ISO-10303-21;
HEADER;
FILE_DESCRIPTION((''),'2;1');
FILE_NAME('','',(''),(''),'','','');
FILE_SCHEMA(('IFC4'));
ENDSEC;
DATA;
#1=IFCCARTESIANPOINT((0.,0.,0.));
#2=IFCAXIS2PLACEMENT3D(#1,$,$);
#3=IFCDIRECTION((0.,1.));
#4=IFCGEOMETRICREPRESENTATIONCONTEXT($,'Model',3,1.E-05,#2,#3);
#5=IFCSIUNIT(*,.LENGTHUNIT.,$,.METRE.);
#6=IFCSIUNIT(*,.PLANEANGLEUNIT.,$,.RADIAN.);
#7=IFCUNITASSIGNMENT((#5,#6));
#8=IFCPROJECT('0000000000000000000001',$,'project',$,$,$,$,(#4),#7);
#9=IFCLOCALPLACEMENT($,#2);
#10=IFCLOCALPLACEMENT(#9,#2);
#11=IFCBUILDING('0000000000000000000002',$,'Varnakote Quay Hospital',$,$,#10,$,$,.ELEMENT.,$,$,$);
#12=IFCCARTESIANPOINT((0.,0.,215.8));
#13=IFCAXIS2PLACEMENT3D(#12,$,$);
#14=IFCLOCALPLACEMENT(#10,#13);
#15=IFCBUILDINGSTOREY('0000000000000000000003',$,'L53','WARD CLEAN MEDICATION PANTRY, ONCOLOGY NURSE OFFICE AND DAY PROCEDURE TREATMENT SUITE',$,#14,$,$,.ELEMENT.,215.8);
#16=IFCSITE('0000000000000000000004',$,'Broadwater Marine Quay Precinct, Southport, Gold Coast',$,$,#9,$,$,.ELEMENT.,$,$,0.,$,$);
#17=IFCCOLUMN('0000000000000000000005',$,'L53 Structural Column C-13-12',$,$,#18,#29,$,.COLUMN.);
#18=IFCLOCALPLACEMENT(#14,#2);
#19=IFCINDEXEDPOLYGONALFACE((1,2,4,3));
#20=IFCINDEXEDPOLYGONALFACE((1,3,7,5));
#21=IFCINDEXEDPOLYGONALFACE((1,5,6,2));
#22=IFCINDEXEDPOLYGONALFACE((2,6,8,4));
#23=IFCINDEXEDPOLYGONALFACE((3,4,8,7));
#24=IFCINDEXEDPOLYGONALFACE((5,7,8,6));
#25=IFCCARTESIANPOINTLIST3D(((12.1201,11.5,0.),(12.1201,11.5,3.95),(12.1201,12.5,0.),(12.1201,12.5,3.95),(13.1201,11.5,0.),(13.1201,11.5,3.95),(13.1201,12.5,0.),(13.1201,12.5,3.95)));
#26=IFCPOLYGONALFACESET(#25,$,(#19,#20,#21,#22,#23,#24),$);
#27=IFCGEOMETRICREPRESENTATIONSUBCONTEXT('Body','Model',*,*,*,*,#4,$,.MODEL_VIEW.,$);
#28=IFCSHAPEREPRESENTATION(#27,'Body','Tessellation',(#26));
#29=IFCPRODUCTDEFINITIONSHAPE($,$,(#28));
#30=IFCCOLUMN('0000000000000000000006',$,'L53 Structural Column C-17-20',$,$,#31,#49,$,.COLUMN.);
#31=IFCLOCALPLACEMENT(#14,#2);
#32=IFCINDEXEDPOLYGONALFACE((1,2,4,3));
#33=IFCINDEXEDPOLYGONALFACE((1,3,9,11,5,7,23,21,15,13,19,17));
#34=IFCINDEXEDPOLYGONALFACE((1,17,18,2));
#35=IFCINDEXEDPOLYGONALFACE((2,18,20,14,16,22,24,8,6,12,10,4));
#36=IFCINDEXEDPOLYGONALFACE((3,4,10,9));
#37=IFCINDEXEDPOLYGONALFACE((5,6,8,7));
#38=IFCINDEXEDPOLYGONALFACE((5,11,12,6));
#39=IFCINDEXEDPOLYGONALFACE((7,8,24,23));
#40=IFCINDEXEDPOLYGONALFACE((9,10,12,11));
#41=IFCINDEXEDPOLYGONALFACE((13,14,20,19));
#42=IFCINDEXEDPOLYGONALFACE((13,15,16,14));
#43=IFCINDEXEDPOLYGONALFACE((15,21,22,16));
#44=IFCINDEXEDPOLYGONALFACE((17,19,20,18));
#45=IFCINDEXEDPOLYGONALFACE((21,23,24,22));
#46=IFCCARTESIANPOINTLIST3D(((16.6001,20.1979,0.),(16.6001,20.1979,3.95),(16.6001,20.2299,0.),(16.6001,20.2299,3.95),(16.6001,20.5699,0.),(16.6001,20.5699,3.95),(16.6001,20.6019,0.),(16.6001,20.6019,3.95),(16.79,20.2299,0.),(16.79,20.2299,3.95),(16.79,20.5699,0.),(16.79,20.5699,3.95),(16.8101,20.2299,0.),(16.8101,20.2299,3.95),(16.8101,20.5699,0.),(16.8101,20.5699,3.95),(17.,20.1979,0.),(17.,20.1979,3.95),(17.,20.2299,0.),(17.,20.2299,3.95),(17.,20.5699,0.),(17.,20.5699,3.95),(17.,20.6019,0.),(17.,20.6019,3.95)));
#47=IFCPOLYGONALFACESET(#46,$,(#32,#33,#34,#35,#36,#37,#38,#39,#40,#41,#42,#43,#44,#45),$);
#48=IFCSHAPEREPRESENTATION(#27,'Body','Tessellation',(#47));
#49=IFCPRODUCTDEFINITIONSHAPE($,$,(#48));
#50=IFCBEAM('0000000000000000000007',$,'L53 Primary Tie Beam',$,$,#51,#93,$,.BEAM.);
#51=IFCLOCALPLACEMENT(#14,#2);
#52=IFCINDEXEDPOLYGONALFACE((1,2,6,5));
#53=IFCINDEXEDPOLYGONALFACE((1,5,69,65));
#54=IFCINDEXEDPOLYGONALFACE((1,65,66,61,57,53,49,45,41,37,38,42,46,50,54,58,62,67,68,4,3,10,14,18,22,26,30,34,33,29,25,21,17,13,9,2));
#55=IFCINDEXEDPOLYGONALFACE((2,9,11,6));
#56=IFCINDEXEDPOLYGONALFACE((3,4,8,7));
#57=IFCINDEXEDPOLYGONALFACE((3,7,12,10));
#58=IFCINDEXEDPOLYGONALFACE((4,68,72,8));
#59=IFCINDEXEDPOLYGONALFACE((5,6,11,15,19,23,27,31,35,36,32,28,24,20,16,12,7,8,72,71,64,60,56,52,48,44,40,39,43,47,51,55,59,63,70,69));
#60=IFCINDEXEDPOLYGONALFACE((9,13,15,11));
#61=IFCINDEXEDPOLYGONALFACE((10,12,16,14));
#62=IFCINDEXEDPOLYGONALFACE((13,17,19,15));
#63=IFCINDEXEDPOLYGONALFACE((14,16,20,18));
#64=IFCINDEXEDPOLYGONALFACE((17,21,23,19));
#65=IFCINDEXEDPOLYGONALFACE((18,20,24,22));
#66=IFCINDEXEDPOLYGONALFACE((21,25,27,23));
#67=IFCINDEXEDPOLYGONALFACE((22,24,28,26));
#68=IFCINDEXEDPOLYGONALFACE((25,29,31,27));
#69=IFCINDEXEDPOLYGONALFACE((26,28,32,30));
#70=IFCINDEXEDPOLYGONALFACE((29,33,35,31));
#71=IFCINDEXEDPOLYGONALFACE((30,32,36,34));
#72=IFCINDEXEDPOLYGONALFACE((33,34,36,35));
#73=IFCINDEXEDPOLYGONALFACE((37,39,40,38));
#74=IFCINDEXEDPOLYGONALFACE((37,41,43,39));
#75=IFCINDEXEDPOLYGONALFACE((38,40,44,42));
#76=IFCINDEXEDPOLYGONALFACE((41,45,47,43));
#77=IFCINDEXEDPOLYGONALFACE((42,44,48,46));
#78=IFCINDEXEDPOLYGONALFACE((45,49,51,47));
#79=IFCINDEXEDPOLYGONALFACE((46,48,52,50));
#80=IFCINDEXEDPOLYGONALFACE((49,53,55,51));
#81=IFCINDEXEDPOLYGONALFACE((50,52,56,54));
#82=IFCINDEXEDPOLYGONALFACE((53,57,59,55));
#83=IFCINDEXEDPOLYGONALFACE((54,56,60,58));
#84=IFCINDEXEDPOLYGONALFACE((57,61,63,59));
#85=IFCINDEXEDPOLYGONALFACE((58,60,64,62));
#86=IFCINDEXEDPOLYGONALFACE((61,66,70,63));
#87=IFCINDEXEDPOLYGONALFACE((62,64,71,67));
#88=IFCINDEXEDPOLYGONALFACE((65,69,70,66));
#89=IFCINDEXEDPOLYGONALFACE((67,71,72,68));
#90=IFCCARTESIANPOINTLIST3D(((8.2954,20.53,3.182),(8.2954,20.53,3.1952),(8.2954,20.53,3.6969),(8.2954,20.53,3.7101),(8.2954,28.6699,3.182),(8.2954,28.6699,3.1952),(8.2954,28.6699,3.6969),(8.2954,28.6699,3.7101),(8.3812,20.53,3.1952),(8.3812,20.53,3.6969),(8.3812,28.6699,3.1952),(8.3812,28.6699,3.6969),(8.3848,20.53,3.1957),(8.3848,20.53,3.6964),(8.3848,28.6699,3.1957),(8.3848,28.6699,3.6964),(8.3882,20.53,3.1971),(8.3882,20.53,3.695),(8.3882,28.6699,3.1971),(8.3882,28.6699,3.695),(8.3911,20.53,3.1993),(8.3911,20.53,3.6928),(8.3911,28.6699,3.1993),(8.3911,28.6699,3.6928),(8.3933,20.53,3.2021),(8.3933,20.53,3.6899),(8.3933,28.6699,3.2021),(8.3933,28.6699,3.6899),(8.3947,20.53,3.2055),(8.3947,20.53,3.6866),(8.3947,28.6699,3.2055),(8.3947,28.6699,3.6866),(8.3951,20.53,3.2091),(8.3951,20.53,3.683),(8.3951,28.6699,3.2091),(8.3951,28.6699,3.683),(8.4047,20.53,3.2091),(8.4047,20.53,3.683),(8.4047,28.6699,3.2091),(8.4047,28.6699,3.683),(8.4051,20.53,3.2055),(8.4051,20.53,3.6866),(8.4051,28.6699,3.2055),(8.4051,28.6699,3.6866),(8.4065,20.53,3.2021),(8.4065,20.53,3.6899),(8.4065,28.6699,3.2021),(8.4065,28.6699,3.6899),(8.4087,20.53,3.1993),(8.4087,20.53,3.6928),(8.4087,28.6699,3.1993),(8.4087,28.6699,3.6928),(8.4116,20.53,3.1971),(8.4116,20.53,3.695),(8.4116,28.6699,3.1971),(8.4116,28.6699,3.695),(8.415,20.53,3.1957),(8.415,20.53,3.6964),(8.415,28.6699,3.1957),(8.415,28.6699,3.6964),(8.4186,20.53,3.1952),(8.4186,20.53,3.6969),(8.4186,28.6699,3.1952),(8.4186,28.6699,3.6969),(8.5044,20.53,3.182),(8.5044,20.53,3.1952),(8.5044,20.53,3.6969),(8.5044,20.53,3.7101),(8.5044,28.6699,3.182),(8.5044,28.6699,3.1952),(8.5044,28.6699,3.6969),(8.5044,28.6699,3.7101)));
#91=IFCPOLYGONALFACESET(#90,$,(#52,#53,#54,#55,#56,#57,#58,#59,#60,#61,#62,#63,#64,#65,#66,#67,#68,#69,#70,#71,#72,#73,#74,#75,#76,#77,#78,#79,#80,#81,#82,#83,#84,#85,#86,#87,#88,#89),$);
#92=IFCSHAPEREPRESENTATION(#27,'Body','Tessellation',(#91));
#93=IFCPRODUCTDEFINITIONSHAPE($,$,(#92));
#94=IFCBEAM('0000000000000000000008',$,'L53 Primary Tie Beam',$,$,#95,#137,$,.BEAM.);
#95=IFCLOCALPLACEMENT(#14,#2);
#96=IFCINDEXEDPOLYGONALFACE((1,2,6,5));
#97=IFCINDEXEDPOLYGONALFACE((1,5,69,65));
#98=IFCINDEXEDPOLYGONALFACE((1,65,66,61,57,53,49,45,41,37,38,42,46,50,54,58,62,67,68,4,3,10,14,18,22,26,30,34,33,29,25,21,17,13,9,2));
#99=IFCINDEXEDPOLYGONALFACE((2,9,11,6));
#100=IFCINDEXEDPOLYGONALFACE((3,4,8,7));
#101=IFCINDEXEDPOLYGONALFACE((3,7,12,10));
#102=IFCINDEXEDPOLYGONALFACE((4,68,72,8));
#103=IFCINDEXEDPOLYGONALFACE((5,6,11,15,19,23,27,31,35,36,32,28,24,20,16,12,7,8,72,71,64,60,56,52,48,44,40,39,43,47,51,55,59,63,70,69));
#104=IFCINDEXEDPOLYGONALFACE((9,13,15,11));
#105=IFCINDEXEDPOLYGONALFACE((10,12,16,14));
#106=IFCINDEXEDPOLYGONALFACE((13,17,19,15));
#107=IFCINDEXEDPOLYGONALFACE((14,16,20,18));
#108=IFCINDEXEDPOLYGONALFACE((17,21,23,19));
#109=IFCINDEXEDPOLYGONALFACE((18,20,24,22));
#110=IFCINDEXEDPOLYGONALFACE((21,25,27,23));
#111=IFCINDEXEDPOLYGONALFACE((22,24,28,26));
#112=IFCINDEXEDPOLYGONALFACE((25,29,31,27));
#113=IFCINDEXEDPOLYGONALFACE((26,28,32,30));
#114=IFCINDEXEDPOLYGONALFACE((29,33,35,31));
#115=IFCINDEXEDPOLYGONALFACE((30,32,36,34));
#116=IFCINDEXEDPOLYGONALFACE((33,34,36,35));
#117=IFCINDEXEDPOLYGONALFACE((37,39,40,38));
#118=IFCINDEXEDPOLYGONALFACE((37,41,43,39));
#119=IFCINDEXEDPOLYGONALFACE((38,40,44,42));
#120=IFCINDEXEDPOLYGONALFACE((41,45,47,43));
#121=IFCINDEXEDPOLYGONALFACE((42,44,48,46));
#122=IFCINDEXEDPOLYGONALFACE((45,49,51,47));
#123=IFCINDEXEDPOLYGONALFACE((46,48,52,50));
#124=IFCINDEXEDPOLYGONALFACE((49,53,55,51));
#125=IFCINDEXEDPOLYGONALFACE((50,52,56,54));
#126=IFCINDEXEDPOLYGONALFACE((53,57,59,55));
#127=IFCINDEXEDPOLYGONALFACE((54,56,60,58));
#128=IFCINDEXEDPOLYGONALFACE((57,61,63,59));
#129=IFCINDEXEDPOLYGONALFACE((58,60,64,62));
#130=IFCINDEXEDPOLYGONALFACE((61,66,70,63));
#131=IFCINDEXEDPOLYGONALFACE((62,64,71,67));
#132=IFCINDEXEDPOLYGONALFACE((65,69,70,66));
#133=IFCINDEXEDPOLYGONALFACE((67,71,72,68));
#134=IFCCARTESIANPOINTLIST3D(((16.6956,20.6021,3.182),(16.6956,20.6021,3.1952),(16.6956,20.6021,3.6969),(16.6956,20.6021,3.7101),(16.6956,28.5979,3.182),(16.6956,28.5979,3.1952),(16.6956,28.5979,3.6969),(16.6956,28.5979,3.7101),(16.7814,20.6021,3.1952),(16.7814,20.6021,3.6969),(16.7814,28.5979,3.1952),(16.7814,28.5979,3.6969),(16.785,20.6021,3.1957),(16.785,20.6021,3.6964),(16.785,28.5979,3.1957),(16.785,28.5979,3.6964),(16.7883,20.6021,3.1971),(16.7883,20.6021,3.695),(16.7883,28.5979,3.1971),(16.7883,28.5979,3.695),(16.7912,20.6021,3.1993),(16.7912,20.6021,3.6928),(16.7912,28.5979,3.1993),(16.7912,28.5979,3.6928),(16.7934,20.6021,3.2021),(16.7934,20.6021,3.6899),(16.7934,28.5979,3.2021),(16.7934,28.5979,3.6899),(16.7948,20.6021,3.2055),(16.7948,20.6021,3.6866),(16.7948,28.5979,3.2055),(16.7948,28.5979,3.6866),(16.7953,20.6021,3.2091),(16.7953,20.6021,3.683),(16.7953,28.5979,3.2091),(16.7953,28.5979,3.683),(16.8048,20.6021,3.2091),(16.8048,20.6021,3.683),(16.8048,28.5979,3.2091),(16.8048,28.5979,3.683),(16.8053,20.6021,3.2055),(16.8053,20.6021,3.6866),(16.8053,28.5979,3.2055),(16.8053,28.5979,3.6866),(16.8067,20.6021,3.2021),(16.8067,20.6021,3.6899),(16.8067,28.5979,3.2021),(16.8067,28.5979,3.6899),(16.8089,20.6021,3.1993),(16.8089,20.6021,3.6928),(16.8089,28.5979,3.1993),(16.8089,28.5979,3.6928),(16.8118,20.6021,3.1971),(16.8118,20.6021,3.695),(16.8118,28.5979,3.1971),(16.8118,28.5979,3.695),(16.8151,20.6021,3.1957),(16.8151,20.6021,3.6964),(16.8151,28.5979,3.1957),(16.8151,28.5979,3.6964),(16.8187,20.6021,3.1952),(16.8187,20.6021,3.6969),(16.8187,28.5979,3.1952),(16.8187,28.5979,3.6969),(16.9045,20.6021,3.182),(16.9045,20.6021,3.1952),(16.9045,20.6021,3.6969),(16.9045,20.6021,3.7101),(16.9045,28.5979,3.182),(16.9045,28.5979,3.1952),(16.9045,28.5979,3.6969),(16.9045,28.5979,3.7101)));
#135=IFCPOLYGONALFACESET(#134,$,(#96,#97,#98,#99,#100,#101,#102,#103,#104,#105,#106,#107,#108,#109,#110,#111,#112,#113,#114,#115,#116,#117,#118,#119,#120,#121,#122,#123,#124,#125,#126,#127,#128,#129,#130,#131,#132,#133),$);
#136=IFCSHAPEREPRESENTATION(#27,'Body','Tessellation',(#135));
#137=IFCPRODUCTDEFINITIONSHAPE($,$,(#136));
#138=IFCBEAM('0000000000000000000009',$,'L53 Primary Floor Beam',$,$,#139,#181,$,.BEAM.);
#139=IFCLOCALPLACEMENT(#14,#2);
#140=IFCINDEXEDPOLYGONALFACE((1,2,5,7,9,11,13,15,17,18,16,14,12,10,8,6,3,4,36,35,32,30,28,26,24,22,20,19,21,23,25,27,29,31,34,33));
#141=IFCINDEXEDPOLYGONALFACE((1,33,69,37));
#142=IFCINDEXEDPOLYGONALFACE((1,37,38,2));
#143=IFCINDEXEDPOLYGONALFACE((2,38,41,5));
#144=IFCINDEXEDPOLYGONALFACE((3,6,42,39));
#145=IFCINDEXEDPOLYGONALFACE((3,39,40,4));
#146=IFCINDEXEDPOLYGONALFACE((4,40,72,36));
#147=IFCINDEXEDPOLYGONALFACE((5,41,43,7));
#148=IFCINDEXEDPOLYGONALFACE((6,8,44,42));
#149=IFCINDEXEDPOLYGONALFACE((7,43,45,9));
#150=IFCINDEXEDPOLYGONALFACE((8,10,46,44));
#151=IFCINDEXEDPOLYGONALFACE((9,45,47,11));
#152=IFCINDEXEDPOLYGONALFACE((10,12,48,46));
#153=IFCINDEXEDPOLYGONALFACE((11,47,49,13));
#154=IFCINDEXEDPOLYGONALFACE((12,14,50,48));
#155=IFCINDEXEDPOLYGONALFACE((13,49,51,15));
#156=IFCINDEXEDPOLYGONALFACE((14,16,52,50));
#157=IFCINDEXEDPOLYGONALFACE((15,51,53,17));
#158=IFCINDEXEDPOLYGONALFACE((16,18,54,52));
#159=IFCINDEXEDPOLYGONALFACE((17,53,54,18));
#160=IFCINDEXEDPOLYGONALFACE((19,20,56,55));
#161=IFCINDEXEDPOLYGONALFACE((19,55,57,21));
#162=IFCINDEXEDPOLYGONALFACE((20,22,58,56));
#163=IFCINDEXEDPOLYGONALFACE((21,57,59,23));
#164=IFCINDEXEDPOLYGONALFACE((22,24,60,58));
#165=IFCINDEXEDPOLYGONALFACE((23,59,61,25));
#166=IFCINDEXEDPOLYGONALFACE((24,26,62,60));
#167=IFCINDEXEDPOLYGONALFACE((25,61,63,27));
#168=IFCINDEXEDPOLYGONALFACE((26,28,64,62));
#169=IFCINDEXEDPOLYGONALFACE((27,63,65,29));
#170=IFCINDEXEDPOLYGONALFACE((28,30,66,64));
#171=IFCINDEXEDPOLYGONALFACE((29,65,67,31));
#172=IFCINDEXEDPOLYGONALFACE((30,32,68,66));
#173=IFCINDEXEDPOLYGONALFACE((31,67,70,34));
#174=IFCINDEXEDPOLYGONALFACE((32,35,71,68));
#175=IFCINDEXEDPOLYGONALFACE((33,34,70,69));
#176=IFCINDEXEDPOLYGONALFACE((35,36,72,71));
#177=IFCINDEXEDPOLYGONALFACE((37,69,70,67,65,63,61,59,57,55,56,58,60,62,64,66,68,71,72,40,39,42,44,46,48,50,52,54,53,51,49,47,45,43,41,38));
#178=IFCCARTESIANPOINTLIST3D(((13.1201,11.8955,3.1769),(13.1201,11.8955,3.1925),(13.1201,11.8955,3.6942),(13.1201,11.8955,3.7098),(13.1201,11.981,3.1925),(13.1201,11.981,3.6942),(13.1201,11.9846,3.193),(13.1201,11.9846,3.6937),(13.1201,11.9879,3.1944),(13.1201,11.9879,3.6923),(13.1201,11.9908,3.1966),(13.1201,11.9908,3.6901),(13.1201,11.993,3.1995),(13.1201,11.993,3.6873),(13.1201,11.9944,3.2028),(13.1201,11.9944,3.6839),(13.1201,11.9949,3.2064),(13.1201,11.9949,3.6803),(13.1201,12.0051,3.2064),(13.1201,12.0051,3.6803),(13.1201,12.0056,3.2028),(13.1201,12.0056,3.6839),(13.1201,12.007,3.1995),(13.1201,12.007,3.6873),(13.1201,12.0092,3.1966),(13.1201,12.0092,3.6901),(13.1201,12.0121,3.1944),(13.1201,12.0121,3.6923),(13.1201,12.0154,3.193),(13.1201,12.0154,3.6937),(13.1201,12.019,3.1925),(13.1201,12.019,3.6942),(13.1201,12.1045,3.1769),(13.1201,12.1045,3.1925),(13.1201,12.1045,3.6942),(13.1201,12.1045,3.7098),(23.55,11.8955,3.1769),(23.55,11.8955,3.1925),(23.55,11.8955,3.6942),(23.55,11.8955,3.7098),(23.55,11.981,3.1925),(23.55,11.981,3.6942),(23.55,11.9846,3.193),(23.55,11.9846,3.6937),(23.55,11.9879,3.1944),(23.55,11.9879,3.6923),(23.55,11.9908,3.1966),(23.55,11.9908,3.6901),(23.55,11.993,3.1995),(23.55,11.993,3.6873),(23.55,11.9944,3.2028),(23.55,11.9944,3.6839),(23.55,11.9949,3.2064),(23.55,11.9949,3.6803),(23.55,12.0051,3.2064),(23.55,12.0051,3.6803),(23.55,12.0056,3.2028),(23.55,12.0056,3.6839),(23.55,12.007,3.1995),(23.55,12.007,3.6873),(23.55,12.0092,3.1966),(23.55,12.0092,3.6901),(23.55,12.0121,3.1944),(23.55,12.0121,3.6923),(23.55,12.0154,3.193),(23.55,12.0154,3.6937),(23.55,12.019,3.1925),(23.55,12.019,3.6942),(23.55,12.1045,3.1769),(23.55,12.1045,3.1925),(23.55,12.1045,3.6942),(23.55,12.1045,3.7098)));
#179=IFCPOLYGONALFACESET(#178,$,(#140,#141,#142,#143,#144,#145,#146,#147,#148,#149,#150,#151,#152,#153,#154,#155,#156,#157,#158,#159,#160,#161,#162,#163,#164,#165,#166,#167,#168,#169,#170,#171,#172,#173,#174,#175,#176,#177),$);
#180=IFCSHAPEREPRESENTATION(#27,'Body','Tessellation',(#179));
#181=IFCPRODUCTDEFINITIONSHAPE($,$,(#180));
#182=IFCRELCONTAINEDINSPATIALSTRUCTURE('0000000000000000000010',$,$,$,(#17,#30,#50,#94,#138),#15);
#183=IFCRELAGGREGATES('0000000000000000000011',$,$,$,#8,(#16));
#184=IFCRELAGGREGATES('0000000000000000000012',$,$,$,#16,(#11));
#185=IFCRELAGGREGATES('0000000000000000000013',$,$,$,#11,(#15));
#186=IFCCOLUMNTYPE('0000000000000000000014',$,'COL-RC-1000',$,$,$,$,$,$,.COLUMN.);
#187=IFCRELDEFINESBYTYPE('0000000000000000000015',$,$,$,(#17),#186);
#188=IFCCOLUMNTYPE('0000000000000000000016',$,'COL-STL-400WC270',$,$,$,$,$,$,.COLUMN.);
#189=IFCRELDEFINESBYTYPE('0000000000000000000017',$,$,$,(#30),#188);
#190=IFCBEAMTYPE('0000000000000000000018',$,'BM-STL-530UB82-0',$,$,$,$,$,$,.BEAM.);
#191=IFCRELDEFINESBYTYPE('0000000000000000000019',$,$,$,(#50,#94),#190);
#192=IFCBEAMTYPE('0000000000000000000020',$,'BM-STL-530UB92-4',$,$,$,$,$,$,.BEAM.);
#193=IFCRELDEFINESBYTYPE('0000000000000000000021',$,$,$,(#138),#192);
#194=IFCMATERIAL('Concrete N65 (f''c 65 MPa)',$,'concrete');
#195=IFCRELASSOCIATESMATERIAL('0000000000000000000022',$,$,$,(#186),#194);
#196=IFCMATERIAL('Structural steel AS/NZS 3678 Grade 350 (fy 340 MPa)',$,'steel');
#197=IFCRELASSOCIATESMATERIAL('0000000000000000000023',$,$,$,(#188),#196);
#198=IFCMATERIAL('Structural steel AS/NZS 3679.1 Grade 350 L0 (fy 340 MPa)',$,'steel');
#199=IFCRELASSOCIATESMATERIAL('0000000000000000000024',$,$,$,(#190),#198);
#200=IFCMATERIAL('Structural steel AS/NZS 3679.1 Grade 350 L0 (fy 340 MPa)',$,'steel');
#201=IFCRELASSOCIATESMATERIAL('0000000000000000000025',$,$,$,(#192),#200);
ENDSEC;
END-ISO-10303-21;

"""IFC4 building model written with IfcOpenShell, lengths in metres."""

from ifc_helpers import new_model, si_unit, direction, frame, origin, origin_2d, place, context, subcontext, project, spatial, rectangle, i_section, extrude, material, material_profile, profile_set, type_object, element, save


model = new_model("IFC4")

# Units and contexts
model_context = context("Model", 3, precision=1e-05, world=origin(), true_north=direction((0.0, 1.0)))
body_context = subcontext(model_context, "Body", "Model", "MODEL_VIEW")
ifc_project = project(units=[si_unit("LENGTHUNIT", "METRE"), si_unit("PLANEANGLEUNIT", "RADIAN")], contexts=[model_context])

# Site, building, storey
site_placement = place(None, origin())
site = spatial("IfcSite", under=ifc_project, at=site_placement, Name="Broadwater Marine Quay Precinct, Southport, Gold Coast", CompositionType="ELEMENT", RefElevation=0.0)
building_placement = place(site_placement, origin())
building = spatial("IfcBuilding", under=site, at=building_placement, Name="Varnakote Quay Hospital", CompositionType="ELEMENT")
storey_placement = place(building_placement, frame((0.0, 0.0, 215.8)))
storey = spatial("IfcBuildingStorey", under=building, at=storey_placement, Name="L53", Description="WARD CLEAN MEDICATION PANTRY, ONCOLOGY NURSE OFFICE AND DAY PROCEDURE TREATMENT SUITE", CompositionType="ELEMENT", Elevation=215.8)

# Columns
ifc_material_1 = material(Name="Concrete N65 (f'c 65 MPa)", Category="concrete")
ifc_material_profile_1 = material_profile(ifc_material_1, rectangle(XDim=1.0, YDim=1.0, at=origin_2d()), Name="RC-COL-1000x1000")
ifc_profile_set_1 = profile_set([ifc_material_profile_1], Name="Concrete N65 (f'c 65 MPa)")
column_type_1 = type_object("IfcColumnType", Name="COL-RC-1000", PredefinedType="COLUMN", material=ifc_profile_set_1)
column_1_placement = place(storey_placement, frame((12.6201, 12.0, 0.0), z_axis=(0.0, 0.0, 1.0), x_axis=(1.0, 0.0, 0.0)))
element("IfcColumn", 1, at=column_1_placement, inside=storey, type_object=column_type_1, Name="L53 Structural Column C-13-12", PredefinedType="COLUMN", context=body_context, shape_type="SweptSolid", body=[
    extrude(rectangle(XDim=1.0, YDim=1.0, at=origin_2d()), origin(), (0.0, 0.0, 1.0), 3.95),
])
ifc_material_2 = material(Name="Structural steel AS/NZS 3678 Grade 350 (fy 340 MPa)", Category="steel")
ifc_material_profile_2 = material_profile(ifc_material_2, i_section(OverallWidth=0.3999, OverallDepth=0.4041, WebThickness=0.02, FlangeThickness=0.032, at=origin_2d()), Name="400WC270")
ifc_profile_set_2 = profile_set([ifc_material_profile_2], Name="Structural steel AS/NZS 3678 Grade 350 (fy 340 MPa)")
column_type_2 = type_object("IfcColumnType", Name="COL-STL-400WC270", PredefinedType="COLUMN", material=ifc_profile_set_2)
column_2_placement = place(storey_placement, frame((16.8, 20.3999, 0.0), z_axis=(0.0, 0.0, 1.0), x_axis=(1.0, 0.0, 0.0)))
element("IfcColumn", 2, at=column_2_placement, inside=storey, type_object=column_type_2, Name="L53 Structural Column C-17-20", PredefinedType="COLUMN", context=body_context, shape_type="SweptSolid", body=[
    extrude(i_section(OverallWidth=0.3999, OverallDepth=0.4041, WebThickness=0.02, FlangeThickness=0.032, at=origin_2d()), origin(), (0.0, 0.0, 1.0), 3.95),
])

# Beams
ifc_material_3 = material(Name="Structural steel AS/NZS 3679.1 Grade 350 L0 (fy 340 MPa)", Category="steel")
ifc_material_profile_3 = material_profile(ifc_material_3, i_section(OverallWidth=0.209, OverallDepth=0.5281, WebThickness=0.0095, FlangeThickness=0.0132, FilletRadius=0.0139, at=origin_2d()), Name="530UB82.0")
ifc_profile_set_3 = profile_set([ifc_material_profile_3], Name="Structural steel AS/NZS 3679.1 Grade 350 L0 (fy 340 MPa)")
beam_type_1 = type_object("IfcBeamType", Name="BM-STL-530UB82-0", PredefinedType="BEAM", material=ifc_profile_set_3)
beam_1_placement = place(storey_placement, frame((8.3999, 20.53, 3.446), z_axis=(0.0, 1.0, 0.0), x_axis=(-1.0, 0.0, 0.0)))
element("IfcBeam", 3, at=beam_1_placement, inside=storey, type_object=beam_type_1, Name="L53 Primary Tie Beam", PredefinedType="BEAM", context=body_context, shape_type="SweptSolid", body=[
    extrude(i_section(OverallWidth=0.209, OverallDepth=0.5281, WebThickness=0.0095, FlangeThickness=0.0132, FilletRadius=0.0139, at=origin_2d()), origin(), (0.0, 0.0, 1.0), 8.1399),
])
beam_2_placement = place(storey_placement, frame((16.8, 20.6021, 3.446), z_axis=(0.0, 1.0, 0.0), x_axis=(-1.0, 0.0, 0.0)))
element("IfcBeam", 4, at=beam_2_placement, inside=storey, type_object=beam_type_1, Name="L53 Primary Tie Beam", PredefinedType="BEAM", context=body_context, shape_type="SweptSolid", body=[
    extrude(i_section(OverallWidth=0.209, OverallDepth=0.5281, WebThickness=0.0095, FlangeThickness=0.0132, FilletRadius=0.0139, at=origin_2d()), origin(), (0.0, 0.0, 1.0), 7.9958),
])
ifc_material_4 = material(Name="Structural steel AS/NZS 3679.1 Grade 350 L0 (fy 340 MPa)", Category="steel")
ifc_material_profile_4 = material_profile(ifc_material_4, i_section(OverallWidth=0.209, OverallDepth=0.533, WebThickness=0.0103, FlangeThickness=0.0156, FilletRadius=0.0139, at=origin_2d()), Name="530UB92.4")
ifc_profile_set_4 = profile_set([ifc_material_profile_4], Name="Structural steel AS/NZS 3679.1 Grade 350 L0 (fy 340 MPa)")
beam_type_2 = type_object("IfcBeamType", Name="BM-STL-530UB92-4", PredefinedType="BEAM", material=ifc_profile_set_4)
beam_3_placement = place(storey_placement, frame((13.1201, 12.0, 3.4434), z_axis=(1.0, 0.0, 0.0), x_axis=(0.0, 1.0, 0.0)))
element("IfcBeam", 5, at=beam_3_placement, inside=storey, type_object=beam_type_2, Name="L53 Primary Floor Beam", PredefinedType="BEAM", context=body_context, shape_type="SweptSolid", body=[
    extrude(i_section(OverallWidth=0.209, OverallDepth=0.533, WebThickness=0.0103, FlangeThickness=0.0156, FilletRadius=0.0139, at=origin_2d()), origin(), (0.0, 0.0, 1.0), 10.4299),
])

save(model, "model.ifc")
